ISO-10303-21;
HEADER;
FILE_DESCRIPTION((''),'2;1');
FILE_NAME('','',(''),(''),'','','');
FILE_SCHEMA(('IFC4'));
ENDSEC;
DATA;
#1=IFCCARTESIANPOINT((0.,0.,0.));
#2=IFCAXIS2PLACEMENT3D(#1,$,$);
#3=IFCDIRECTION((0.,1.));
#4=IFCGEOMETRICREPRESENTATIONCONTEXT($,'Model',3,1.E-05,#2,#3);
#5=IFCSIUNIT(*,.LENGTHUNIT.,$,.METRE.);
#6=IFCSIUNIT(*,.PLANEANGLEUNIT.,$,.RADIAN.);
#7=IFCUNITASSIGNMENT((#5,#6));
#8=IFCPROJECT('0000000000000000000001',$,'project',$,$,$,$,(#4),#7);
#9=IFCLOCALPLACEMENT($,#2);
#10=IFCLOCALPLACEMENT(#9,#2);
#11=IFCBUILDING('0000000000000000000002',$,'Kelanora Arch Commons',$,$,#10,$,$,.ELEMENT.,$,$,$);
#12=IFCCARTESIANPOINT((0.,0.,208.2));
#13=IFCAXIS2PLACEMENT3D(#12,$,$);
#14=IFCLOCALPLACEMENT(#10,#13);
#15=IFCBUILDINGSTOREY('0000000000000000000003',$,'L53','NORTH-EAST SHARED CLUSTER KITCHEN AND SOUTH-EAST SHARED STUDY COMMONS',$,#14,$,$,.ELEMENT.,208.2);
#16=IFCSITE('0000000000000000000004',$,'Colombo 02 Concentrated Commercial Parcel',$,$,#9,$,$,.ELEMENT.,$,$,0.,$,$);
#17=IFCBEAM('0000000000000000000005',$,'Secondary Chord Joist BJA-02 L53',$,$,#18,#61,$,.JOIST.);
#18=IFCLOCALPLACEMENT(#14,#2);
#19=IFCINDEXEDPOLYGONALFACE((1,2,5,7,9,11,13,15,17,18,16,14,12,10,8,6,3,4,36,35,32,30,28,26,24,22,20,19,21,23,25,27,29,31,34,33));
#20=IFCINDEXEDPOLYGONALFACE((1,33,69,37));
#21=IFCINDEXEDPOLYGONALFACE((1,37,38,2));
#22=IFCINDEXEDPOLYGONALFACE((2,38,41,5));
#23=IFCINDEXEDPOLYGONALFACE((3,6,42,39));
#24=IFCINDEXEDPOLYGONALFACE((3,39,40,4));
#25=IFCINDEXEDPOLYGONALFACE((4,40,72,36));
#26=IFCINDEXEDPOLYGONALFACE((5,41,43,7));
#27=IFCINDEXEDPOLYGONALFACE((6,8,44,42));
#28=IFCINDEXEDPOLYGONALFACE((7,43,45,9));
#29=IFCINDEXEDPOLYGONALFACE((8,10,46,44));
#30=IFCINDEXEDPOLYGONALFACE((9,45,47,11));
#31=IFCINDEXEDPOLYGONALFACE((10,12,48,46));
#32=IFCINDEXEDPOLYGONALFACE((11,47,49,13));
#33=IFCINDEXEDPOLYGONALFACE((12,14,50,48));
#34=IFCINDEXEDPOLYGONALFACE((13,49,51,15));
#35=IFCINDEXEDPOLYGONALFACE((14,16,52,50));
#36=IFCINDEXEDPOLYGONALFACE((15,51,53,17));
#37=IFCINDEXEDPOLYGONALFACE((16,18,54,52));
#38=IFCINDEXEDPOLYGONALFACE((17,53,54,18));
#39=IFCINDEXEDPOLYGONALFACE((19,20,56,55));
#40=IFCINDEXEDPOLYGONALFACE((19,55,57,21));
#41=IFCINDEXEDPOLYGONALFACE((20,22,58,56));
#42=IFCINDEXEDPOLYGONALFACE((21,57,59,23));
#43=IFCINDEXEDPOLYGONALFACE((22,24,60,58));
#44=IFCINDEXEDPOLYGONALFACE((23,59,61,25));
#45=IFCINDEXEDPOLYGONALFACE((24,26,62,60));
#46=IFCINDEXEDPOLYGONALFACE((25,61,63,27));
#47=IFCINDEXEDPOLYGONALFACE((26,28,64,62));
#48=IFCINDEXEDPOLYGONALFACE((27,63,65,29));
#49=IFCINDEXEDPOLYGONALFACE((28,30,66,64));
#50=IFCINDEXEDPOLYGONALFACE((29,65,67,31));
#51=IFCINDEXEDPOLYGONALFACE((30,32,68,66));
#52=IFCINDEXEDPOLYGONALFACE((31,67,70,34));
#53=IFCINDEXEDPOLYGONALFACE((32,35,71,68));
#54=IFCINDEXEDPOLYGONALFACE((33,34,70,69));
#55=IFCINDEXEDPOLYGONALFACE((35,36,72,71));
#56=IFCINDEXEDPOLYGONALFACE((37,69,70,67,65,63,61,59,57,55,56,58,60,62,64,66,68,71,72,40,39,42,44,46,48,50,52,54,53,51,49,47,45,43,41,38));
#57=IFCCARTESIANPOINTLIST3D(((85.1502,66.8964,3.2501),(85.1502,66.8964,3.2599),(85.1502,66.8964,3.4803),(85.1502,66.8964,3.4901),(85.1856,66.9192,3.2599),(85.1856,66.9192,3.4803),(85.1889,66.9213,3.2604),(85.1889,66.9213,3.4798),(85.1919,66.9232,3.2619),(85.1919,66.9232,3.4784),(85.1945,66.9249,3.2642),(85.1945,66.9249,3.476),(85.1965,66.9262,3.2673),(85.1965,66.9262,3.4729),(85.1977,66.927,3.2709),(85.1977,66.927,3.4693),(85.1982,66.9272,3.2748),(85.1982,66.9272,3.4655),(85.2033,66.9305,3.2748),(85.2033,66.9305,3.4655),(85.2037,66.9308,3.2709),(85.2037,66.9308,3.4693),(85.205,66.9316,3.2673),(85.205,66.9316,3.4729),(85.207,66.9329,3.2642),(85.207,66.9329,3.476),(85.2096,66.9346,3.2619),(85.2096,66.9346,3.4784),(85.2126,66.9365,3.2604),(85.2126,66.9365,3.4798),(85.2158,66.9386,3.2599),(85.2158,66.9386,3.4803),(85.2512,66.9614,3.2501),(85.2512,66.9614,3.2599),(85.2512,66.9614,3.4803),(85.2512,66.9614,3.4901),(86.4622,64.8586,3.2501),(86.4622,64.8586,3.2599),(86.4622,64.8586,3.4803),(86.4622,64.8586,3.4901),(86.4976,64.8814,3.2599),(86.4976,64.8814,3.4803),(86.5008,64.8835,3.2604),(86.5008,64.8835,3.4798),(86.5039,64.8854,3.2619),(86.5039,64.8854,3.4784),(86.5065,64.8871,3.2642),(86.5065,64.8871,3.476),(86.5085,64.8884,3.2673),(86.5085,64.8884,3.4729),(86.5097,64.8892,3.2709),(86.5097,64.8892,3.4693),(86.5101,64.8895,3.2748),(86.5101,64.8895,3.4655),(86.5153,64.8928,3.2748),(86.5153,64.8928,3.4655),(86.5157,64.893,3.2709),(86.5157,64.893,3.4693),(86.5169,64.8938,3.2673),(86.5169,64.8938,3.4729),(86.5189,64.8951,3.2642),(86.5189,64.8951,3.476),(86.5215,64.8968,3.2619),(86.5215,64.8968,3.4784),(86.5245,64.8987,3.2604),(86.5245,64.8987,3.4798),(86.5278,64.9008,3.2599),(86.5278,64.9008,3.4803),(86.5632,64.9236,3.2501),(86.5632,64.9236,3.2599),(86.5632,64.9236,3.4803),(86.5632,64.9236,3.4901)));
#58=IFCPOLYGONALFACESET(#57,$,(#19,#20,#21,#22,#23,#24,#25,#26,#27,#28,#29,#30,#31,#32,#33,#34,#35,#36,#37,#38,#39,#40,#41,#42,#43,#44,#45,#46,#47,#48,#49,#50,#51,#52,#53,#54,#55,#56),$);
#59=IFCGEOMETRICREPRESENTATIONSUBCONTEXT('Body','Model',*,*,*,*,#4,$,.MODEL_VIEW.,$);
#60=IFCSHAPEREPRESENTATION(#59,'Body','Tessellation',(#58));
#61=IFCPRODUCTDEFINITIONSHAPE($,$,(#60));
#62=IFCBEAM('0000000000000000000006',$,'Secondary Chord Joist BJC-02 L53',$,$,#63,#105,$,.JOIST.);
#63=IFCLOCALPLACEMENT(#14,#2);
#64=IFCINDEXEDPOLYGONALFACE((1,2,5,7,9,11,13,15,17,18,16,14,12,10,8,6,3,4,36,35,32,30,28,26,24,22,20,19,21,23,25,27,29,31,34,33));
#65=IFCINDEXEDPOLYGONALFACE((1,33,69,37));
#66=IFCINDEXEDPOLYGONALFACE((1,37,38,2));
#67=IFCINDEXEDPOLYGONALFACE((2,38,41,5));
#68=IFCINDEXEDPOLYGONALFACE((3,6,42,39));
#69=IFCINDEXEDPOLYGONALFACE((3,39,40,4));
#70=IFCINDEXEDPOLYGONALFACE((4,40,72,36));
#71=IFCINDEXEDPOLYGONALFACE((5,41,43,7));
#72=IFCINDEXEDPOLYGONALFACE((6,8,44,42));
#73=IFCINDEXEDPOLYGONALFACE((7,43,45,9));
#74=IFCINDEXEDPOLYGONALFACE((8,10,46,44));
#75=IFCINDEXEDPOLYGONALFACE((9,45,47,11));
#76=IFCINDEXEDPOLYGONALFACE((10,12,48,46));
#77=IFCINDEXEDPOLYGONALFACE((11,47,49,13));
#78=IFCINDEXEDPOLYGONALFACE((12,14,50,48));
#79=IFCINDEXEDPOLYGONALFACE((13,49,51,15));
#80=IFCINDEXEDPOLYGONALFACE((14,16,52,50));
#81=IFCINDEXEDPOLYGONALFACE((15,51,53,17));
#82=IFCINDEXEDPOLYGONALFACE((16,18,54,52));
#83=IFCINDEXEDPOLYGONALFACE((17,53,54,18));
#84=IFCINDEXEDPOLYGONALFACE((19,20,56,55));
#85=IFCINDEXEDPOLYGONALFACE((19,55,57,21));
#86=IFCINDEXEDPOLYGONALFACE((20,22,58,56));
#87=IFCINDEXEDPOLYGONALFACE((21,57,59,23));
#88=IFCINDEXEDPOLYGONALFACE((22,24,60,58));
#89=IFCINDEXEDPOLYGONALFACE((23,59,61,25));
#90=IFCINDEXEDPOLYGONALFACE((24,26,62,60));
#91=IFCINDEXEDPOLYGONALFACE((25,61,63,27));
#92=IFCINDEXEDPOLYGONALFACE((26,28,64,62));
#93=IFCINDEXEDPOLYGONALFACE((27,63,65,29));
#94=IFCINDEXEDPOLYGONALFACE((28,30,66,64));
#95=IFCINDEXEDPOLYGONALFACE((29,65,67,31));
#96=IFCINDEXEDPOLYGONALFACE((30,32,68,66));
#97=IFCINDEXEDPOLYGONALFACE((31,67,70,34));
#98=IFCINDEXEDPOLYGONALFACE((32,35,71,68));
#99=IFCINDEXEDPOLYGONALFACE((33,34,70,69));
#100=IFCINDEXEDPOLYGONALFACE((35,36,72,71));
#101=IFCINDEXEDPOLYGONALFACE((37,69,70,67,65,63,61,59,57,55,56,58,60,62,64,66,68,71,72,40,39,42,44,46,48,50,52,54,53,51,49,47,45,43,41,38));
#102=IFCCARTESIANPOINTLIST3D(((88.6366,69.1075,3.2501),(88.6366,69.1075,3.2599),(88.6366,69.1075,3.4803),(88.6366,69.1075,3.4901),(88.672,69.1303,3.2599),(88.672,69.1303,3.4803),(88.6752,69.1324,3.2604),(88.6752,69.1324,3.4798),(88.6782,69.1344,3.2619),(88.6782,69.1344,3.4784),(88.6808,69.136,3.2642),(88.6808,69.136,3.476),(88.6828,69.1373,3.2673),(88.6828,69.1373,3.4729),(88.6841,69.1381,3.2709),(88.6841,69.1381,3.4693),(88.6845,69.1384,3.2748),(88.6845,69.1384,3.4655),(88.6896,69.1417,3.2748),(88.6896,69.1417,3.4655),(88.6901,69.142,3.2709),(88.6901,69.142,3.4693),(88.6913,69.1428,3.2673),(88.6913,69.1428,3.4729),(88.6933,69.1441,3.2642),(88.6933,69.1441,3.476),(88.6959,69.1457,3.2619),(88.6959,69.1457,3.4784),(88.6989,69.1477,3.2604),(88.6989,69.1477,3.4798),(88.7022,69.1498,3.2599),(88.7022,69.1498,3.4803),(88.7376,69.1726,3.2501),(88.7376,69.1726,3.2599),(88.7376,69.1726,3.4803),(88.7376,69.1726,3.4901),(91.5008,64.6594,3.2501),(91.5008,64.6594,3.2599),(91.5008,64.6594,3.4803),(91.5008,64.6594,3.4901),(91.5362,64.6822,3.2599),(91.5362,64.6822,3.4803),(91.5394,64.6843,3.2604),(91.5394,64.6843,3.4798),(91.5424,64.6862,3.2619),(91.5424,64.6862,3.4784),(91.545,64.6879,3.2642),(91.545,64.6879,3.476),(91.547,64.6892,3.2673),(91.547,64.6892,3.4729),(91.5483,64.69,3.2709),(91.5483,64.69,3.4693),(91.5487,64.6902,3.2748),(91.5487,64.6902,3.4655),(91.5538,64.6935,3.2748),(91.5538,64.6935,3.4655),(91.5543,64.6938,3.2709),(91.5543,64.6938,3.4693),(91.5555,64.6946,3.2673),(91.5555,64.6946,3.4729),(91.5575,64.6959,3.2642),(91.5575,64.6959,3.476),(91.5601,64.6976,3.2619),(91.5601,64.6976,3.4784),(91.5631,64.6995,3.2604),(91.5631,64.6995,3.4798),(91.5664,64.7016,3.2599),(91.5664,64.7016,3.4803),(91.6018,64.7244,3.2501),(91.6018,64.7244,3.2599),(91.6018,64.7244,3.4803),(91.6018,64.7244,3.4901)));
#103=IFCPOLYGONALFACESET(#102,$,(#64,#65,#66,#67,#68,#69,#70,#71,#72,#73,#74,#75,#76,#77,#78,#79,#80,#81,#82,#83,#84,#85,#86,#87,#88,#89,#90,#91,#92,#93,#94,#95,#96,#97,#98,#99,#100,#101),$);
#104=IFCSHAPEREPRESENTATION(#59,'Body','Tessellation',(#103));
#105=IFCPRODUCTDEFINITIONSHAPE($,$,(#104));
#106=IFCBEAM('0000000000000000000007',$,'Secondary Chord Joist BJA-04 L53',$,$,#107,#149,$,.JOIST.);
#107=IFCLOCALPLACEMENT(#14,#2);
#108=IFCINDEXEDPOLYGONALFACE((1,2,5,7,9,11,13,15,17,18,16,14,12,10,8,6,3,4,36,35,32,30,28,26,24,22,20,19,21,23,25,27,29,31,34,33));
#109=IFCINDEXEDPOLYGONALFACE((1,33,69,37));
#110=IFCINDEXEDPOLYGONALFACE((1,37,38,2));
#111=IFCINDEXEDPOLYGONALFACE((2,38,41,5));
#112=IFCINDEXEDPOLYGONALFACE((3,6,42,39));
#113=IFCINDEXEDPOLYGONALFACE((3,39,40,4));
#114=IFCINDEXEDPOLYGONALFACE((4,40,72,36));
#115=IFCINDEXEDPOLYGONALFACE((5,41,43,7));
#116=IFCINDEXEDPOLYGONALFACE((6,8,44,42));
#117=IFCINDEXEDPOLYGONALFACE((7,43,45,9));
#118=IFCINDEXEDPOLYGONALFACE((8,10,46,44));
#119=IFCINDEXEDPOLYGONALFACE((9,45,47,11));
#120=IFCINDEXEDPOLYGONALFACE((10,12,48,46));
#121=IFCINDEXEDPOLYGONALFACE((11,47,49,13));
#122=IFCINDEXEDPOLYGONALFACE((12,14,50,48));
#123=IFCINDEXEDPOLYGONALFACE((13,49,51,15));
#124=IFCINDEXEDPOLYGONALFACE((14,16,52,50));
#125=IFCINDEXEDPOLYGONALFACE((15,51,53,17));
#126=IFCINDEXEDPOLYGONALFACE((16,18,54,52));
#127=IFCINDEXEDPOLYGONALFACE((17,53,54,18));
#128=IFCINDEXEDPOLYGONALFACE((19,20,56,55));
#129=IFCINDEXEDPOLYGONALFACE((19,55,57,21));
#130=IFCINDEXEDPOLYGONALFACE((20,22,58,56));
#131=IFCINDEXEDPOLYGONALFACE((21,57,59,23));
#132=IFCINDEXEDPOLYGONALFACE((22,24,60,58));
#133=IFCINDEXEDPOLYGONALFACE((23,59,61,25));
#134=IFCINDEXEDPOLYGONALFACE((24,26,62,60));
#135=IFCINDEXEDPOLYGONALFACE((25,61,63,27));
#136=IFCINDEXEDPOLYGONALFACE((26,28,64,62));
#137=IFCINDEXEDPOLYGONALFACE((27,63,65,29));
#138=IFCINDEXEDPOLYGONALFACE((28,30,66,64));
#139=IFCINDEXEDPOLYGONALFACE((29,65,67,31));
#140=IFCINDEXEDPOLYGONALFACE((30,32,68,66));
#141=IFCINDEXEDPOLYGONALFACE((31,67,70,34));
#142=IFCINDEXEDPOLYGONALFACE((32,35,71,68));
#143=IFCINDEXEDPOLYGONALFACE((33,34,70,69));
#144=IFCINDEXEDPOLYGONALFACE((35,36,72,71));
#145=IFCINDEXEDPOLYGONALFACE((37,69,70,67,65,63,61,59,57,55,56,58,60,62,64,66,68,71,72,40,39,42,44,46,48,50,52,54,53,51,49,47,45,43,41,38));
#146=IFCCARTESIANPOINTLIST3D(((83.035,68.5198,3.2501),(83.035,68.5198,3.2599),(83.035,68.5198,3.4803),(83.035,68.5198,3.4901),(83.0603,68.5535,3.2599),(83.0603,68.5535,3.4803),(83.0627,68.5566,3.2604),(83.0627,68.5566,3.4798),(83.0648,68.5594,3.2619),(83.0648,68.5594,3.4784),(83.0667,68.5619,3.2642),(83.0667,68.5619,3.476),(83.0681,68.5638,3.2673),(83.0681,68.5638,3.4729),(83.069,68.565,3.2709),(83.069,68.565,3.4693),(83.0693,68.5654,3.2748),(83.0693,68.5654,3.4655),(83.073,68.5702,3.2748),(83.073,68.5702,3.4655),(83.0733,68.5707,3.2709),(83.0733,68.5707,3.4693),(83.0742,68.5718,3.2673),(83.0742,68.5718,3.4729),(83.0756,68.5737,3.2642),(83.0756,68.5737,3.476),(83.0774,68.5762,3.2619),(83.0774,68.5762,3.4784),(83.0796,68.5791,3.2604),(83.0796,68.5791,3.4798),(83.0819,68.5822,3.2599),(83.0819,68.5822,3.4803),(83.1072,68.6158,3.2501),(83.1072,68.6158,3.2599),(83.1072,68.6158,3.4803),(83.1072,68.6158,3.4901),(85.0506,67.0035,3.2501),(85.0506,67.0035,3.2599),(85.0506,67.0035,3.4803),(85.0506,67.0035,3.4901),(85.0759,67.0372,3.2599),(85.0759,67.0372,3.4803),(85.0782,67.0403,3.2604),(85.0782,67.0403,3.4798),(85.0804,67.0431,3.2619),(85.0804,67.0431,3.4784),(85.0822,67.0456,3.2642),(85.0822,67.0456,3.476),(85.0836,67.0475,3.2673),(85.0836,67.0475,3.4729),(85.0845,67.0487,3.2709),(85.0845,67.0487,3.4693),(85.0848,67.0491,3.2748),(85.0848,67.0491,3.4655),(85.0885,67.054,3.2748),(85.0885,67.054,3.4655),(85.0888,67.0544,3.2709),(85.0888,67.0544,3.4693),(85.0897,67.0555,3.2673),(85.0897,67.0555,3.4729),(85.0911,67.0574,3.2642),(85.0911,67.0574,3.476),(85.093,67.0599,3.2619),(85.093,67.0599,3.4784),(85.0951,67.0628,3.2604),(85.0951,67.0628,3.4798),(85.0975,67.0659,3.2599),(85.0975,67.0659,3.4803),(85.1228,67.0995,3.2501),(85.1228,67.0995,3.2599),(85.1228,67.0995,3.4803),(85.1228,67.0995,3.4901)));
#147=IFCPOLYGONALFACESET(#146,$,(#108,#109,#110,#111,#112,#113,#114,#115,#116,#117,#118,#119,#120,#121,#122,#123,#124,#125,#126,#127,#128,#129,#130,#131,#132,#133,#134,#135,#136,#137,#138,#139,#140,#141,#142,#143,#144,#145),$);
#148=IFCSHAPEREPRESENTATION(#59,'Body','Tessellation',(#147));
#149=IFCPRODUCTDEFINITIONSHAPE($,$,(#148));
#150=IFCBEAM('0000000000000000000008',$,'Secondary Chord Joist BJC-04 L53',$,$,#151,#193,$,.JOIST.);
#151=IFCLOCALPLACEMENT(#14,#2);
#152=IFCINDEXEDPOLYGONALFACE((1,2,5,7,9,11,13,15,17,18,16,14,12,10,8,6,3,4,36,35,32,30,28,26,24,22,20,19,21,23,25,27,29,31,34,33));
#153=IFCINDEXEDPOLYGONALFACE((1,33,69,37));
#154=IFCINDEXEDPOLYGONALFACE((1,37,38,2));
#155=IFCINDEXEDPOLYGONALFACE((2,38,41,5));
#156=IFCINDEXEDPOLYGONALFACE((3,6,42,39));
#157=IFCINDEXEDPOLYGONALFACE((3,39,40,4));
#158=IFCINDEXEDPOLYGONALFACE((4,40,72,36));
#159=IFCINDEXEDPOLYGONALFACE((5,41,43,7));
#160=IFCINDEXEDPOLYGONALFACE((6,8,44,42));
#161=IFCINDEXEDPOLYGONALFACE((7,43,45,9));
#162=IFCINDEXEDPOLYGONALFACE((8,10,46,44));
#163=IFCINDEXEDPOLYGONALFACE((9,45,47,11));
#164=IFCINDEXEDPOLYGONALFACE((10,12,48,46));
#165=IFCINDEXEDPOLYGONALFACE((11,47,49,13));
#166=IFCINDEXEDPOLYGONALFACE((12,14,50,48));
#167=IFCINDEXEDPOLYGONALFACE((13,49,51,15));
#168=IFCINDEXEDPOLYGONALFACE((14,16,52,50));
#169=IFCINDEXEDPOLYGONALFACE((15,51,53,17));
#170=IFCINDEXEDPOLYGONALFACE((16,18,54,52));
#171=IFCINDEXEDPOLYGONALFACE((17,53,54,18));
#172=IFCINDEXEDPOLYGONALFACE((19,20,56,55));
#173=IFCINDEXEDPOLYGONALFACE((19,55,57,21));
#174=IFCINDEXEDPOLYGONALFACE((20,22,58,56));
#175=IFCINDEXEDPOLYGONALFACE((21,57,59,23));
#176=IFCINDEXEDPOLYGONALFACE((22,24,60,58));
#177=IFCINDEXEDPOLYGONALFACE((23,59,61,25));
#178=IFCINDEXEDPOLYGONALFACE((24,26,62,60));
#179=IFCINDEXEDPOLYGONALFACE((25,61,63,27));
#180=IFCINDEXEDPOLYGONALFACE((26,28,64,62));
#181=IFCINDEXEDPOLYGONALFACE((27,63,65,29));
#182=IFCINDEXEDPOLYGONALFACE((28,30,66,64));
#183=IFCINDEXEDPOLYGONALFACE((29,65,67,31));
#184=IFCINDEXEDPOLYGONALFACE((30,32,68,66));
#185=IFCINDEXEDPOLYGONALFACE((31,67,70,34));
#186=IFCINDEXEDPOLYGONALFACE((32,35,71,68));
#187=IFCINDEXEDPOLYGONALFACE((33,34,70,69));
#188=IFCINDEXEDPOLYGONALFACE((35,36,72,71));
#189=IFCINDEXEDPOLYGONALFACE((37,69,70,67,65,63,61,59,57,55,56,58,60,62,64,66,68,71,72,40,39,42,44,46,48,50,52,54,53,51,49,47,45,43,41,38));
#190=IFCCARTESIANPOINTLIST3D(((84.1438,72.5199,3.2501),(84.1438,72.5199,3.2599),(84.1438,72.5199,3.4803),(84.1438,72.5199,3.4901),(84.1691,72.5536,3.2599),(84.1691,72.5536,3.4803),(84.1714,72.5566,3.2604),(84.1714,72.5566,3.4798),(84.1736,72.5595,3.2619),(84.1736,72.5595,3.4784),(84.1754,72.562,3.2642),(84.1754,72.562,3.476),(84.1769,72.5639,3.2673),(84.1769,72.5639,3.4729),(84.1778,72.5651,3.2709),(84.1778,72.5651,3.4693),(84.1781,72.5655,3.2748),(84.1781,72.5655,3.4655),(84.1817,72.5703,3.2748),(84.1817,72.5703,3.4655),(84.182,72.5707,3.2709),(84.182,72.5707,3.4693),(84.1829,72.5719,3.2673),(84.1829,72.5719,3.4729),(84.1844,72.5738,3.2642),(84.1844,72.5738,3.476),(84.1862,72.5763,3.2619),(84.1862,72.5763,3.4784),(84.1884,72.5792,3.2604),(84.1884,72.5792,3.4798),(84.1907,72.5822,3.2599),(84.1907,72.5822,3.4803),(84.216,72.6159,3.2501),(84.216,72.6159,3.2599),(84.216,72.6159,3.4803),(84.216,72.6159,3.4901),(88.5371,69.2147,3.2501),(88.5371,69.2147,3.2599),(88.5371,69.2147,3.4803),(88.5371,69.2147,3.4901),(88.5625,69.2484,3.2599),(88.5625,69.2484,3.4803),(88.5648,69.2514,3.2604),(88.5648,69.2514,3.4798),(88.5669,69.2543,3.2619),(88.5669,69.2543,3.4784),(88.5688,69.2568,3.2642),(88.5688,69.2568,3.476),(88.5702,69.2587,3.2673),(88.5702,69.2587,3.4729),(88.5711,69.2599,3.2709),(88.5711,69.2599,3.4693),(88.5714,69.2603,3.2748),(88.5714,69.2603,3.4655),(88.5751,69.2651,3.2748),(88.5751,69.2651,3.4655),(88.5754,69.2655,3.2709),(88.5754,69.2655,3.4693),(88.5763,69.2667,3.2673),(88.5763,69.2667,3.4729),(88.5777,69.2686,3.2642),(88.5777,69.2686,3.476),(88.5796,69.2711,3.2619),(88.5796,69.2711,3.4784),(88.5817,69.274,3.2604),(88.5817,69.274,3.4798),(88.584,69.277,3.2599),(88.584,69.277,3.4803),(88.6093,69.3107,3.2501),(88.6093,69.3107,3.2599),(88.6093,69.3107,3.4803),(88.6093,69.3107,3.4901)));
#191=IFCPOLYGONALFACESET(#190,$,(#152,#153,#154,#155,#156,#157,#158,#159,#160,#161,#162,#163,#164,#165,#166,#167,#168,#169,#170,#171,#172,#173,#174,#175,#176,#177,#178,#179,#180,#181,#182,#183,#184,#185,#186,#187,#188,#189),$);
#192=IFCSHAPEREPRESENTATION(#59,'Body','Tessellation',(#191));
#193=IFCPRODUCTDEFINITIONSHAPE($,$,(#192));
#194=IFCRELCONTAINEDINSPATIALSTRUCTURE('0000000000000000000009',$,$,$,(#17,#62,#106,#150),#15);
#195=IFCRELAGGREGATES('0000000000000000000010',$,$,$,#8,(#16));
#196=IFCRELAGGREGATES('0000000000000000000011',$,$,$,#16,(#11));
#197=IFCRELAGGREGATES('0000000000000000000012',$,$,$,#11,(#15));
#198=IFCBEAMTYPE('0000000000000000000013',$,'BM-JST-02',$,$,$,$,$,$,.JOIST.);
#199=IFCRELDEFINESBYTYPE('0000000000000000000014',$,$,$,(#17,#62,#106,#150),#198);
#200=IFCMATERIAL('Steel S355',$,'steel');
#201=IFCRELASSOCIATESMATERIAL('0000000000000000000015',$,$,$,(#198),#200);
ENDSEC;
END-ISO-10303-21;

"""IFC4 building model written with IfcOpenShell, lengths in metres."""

from ifc_helpers import new_model, si_unit, direction, frame, origin, origin_2d, place, context, subcontext, project, spatial, i_section, extrude, material, material_profile, profile_set, type_object, element, save


model = new_model("IFC4")

# Units and contexts
model_context = context("Model", 3, precision=1e-05, world=origin(), true_north=direction((0.0, 1.0)))
body_context = subcontext(model_context, "Body", "Model", "MODEL_VIEW")
ifc_project = project(units=[si_unit("LENGTHUNIT", "METRE"), si_unit("PLANEANGLEUNIT", "RADIAN")], contexts=[model_context])

# Site, building, storey
site_placement = place(None, origin())
site = spatial("IfcSite", under=ifc_project, at=site_placement, Name="Colombo 02 Concentrated Commercial Parcel", CompositionType="ELEMENT", RefElevation=0.0)
building_placement = place(site_placement, origin())
building = spatial("IfcBuilding", under=site, at=building_placement, Name="Kelanora Arch Commons", CompositionType="ELEMENT")
storey_placement = place(building_placement, frame((0.0, 0.0, 208.2)))
storey = spatial("IfcBuildingStorey", under=building, at=storey_placement, Name="L53", Description="NORTH-EAST SHARED CLUSTER KITCHEN AND SOUTH-EAST SHARED STUDY COMMONS", CompositionType="ELEMENT", Elevation=208.2)

# Beams
ifc_material_1 = material(Name="Steel S355", Category="steel")
ifc_material_profile_1 = material_profile(ifc_material_1, i_section(OverallWidth=0.1201, OverallDepth=0.24, WebThickness=0.0061, FlangeThickness=0.0098, FilletRadius=0.0149, at=origin_2d()), Name="IPE240")
ifc_profile_set_1 = profile_set([ifc_material_profile_1], Name="Steel S355")
beam_type_1 = type_object("IfcBeamType", Name="BM-JST-02", PredefinedType="JOIST", material=ifc_profile_set_1)
beam_1_placement = place(storey_placement, frame((86.5127, 64.8911, 3.3701), z_axis=(-0.541333, 0.840808, 0.0), x_axis=(-0.840808, -0.541333, 0.0)))
element("IfcBeam", 1, at=beam_1_placement, inside=storey, type_object=beam_type_1, Name="Secondary Chord Joist BJA-02 L53", PredefinedType="JOIST", context=body_context, shape_type="SweptSolid", body=[
    extrude(i_section(OverallWidth=0.1201, OverallDepth=0.24, WebThickness=0.0061, FlangeThickness=0.0098, FilletRadius=0.0149, at=origin_2d()), origin(), (0.0, 0.0, 1.0), 2.4236),
])
beam_2_placement = place(storey_placement, frame((91.5513, 64.6919, 3.3701), z_axis=(-0.541382, 0.840776, 0.0), x_axis=(-0.840776, -0.541382, 0.0)))
element("IfcBeam", 2, at=beam_2_placement, inside=storey, type_object=beam_type_1, Name="Secondary Chord Joist BJC-02 L53", PredefinedType="JOIST", context=body_context, shape_type="SweptSolid", body=[
    extrude(i_section(OverallWidth=0.1201, OverallDepth=0.24, WebThickness=0.0061, FlangeThickness=0.0098, FilletRadius=0.0149, at=origin_2d()), origin(), (0.0, 0.0, 1.0), 5.2905),
])
beam_3_placement = place(storey_placement, frame((85.0867, 67.0515, 3.3701), z_axis=(-0.799116, 0.601176, 0.0), x_axis=(-0.601176, -0.799116, 0.0)))
element("IfcBeam", 3, at=beam_3_placement, inside=storey, type_object=beam_type_1, Name="Secondary Chord Joist BJA-04 L53", PredefinedType="JOIST", context=body_context, shape_type="SweptSolid", body=[
    extrude(i_section(OverallWidth=0.1201, OverallDepth=0.24, WebThickness=0.0061, FlangeThickness=0.0098, FilletRadius=0.0149, at=origin_2d()), origin(), (0.0, 0.0, 1.0), 2.5222),
])
beam_4_placement = place(storey_placement, frame((88.5732, 69.2627, 3.3701), z_axis=(-0.799109, 0.601186, 0.0), x_axis=(-0.601186, -0.799109, 0.0)))
element("IfcBeam", 4, at=beam_4_placement, inside=storey, type_object=beam_type_1, Name="Secondary Chord Joist BJC-04 L53", PredefinedType="JOIST", context=body_context, shape_type="SweptSolid", body=[
    extrude(i_section(OverallWidth=0.1201, OverallDepth=0.24, WebThickness=0.0061, FlangeThickness=0.0098, FilletRadius=0.0149, at=origin_2d()), origin(), (0.0, 0.0, 1.0), 5.4978),
])

save(model, "model.ifc")
